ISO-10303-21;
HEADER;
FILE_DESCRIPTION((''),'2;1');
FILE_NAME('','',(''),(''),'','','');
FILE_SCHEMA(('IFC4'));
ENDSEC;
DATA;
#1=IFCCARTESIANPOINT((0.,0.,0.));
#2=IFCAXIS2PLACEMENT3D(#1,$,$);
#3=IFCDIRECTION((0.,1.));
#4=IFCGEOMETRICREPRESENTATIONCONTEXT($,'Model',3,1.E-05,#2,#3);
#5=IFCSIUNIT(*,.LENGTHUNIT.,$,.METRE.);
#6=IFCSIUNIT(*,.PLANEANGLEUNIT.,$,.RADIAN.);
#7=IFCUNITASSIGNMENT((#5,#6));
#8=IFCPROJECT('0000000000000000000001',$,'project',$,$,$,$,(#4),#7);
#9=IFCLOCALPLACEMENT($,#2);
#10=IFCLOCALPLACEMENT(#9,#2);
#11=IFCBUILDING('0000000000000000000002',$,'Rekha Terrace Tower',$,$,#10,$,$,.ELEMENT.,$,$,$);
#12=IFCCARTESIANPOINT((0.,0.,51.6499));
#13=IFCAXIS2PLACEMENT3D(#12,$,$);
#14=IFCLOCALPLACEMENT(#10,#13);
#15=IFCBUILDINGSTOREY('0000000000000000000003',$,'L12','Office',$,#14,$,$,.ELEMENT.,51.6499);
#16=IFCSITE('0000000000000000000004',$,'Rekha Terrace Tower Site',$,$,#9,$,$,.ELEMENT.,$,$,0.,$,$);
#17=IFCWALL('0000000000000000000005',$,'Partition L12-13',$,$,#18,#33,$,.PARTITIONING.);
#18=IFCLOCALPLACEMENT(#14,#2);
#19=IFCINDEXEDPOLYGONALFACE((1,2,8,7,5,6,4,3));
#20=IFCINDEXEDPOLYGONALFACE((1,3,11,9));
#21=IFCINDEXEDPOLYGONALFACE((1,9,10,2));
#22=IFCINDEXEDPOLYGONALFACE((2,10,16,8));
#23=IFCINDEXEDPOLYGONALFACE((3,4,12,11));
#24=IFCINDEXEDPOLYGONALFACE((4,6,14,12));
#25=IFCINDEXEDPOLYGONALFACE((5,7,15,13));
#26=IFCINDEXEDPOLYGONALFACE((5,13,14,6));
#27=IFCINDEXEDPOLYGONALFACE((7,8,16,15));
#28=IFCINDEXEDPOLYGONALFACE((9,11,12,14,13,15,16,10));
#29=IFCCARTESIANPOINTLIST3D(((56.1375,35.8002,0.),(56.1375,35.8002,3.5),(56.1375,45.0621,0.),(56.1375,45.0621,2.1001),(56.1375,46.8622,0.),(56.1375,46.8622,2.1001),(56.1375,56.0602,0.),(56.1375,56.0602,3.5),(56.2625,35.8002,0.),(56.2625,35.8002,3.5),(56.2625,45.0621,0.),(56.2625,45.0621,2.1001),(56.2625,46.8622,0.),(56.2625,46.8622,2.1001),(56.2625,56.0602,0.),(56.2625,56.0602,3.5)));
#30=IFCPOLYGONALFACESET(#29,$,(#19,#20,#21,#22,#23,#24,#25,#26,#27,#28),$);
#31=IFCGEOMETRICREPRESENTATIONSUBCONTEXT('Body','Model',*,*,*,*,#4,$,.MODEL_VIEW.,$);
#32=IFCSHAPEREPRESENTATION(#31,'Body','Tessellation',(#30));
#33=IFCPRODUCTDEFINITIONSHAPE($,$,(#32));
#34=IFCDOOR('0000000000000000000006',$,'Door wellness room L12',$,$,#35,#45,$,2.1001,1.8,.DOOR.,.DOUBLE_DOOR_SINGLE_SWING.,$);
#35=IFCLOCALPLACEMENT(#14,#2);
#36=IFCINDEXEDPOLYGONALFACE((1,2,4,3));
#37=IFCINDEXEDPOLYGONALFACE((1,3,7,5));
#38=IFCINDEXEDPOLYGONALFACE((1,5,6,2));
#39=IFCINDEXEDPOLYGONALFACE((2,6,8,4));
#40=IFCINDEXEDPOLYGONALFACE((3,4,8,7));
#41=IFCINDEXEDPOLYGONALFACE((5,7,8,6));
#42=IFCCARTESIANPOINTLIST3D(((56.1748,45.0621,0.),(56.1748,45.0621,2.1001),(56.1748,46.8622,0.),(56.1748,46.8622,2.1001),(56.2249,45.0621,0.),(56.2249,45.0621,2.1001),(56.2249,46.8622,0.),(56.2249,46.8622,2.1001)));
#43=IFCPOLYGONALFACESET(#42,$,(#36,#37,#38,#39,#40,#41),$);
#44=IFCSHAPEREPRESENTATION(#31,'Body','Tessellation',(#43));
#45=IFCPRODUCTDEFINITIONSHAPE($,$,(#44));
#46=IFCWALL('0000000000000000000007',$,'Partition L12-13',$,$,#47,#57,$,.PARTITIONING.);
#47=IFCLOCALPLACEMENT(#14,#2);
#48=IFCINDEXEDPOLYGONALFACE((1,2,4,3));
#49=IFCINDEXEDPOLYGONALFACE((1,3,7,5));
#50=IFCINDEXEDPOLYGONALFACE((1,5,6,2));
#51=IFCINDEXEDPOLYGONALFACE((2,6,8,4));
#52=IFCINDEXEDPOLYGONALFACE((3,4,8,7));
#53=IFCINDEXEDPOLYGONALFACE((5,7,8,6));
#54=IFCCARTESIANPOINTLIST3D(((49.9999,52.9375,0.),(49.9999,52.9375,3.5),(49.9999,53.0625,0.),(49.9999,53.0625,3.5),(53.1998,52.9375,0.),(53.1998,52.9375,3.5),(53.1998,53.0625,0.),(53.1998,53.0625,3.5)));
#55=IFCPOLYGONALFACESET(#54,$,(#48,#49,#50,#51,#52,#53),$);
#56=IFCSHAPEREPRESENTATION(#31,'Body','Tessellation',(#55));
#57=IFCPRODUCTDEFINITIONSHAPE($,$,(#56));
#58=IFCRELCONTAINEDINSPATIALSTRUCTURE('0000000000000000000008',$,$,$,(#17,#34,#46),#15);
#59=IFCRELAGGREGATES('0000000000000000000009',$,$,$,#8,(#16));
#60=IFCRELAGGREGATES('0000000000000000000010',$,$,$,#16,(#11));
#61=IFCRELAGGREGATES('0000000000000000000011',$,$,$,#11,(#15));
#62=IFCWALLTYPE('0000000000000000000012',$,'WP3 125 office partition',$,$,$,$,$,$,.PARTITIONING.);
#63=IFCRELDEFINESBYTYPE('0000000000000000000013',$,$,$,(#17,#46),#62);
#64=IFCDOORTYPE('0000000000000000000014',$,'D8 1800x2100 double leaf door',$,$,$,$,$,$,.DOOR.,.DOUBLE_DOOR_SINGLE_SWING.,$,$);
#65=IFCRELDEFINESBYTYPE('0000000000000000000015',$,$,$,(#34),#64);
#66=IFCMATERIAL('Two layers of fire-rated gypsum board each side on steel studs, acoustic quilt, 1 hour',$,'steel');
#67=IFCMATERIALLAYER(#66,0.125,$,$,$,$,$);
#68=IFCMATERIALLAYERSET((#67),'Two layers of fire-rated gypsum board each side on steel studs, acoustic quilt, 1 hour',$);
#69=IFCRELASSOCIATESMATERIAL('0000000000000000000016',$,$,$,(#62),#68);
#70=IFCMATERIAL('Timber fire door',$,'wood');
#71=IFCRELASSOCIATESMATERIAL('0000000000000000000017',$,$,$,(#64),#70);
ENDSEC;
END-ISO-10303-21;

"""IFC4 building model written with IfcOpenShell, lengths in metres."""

from ifc_helpers import new_model, si_unit, direction, frame, frame_2d, origin, place, context, subcontext, project, spatial, rectangle, extrude, material, layer, layer_set, type_object, element, fill, save


model = new_model("IFC4")

# Units and contexts
model_context = context("Model", 3, precision=1e-05, world=origin(), true_north=direction((0.0, 1.0)))
body_context = subcontext(model_context, "Body", "Model", "MODEL_VIEW")
ifc_project = project(units=[si_unit("LENGTHUNIT", "METRE"), si_unit("PLANEANGLEUNIT", "RADIAN")], contexts=[model_context])

# Site, building, storey
site_placement = place(None, origin())
site = spatial("IfcSite", under=ifc_project, at=site_placement, Name="Rekha Terrace Tower Site", CompositionType="ELEMENT", RefElevation=0.0)
building_placement = place(site_placement, origin())
building = spatial("IfcBuilding", under=site, at=building_placement, Name="Rekha Terrace Tower", CompositionType="ELEMENT")
storey_placement = place(building_placement, frame((0.0, 0.0, 51.6499)))
storey = spatial("IfcBuildingStorey", under=building, at=storey_placement, Name="L12", Description="Office", CompositionType="ELEMENT", Elevation=51.6499)

# Shared definitions
ifc_material_1 = material(Name="Two layers of fire-rated gypsum board each side on steel studs, acoustic quilt, 1 hour", Category="steel")
ifc_layer_1 = layer(ifc_material_1, 0.125)
ifc_layer_set_1 = layer_set([ifc_layer_1], Name="Two layers of fire-rated gypsum board each side on steel studs, acoustic quilt, 1 hour")
wall_type = type_object("IfcWallType", Name="WP3 125 office partition", PredefinedType="PARTITIONING", material=ifc_layer_set_1)

# Shared definitions
ifc_material_2 = material(Name="Timber fire door", Category="wood")

# Wall, opening, door
wall_1_placement = place(storey_placement, frame((56.2, 56.0601, 0.0), z_axis=(0.0, 0.0, 1.0), x_axis=(0.0, -1.0, 0.0)))
wall_1 = element("IfcWall", 1, at=wall_1_placement, inside=storey, type_object=wall_type, Name="Partition L12-13", PredefinedType="PARTITIONING", context=body_context, shape_type="SweptSolid", body=[
    extrude(rectangle(XDim=20.26, YDim=0.125, at=frame_2d((10.1299, 0.0))), origin(), (0.0, 0.0, 1.0), 3.5),
])
opening_1_placement = place(wall_1_placement, frame((9.198, 0.0, 0.0)))
opening_1 = element("IfcOpeningElement", 2, at=opening_1_placement, cuts=wall_1, PredefinedType="OPENING", context=body_context, shape_type="SweptSolid", body=[
    extrude(rectangle(XDim=1.8, YDim=2.1001, at=frame_2d((0.8999, 1.05))), frame((0.0, 0.0725, 0.0), z_axis=(0.0, -1.0, 0.0), x_axis=(1.0, 0.0, 0.0)), (0.0, 0.0, 1.0), 0.145),
])
door_type_1 = type_object("IfcDoorType", Name="D8 1800x2100 double leaf door", OperationType="DOUBLE_DOOR_SINGLE_SWING", PredefinedType="DOOR", material=ifc_material_2)
door_1_placement = place(opening_1_placement, origin())
door_1 = element("IfcDoor", 3, at=door_1_placement, inside=storey, type_object=door_type_1, Name="Door wellness room L12", OperationType="DOUBLE_DOOR_SINGLE_SWING", OverallHeight=2.1001, OverallWidth=1.8, PredefinedType="DOOR", context=body_context, shape_type="SweptSolid", body=[
    extrude(rectangle(XDim=1.8, YDim=2.1001, at=frame_2d((0.8999, 1.05))), frame((0.0, 0.0249, 0.0), z_axis=(0.0, -1.0, 0.0), x_axis=(1.0, 0.0, 0.0)), (0.0, 0.0, 1.0), 0.05),
])
fill(opening_1, door_1)

# Wall
wall_2_placement = place(storey_placement, frame((53.2, 53.0, 0.0), z_axis=(0.0, 0.0, 1.0), x_axis=(-1.0, 0.0, 0.0)))
element("IfcWall", 4, at=wall_2_placement, inside=storey, type_object=wall_type, Name="Partition L12-13", PredefinedType="PARTITIONING", context=body_context, shape_type="SweptSolid", body=[
    extrude(rectangle(XDim=3.2, YDim=0.125, at=frame_2d((1.6001, 0.0))), origin(), (0.0, 0.0, 1.0), 3.5),
])

save(model, "model.ifc")
